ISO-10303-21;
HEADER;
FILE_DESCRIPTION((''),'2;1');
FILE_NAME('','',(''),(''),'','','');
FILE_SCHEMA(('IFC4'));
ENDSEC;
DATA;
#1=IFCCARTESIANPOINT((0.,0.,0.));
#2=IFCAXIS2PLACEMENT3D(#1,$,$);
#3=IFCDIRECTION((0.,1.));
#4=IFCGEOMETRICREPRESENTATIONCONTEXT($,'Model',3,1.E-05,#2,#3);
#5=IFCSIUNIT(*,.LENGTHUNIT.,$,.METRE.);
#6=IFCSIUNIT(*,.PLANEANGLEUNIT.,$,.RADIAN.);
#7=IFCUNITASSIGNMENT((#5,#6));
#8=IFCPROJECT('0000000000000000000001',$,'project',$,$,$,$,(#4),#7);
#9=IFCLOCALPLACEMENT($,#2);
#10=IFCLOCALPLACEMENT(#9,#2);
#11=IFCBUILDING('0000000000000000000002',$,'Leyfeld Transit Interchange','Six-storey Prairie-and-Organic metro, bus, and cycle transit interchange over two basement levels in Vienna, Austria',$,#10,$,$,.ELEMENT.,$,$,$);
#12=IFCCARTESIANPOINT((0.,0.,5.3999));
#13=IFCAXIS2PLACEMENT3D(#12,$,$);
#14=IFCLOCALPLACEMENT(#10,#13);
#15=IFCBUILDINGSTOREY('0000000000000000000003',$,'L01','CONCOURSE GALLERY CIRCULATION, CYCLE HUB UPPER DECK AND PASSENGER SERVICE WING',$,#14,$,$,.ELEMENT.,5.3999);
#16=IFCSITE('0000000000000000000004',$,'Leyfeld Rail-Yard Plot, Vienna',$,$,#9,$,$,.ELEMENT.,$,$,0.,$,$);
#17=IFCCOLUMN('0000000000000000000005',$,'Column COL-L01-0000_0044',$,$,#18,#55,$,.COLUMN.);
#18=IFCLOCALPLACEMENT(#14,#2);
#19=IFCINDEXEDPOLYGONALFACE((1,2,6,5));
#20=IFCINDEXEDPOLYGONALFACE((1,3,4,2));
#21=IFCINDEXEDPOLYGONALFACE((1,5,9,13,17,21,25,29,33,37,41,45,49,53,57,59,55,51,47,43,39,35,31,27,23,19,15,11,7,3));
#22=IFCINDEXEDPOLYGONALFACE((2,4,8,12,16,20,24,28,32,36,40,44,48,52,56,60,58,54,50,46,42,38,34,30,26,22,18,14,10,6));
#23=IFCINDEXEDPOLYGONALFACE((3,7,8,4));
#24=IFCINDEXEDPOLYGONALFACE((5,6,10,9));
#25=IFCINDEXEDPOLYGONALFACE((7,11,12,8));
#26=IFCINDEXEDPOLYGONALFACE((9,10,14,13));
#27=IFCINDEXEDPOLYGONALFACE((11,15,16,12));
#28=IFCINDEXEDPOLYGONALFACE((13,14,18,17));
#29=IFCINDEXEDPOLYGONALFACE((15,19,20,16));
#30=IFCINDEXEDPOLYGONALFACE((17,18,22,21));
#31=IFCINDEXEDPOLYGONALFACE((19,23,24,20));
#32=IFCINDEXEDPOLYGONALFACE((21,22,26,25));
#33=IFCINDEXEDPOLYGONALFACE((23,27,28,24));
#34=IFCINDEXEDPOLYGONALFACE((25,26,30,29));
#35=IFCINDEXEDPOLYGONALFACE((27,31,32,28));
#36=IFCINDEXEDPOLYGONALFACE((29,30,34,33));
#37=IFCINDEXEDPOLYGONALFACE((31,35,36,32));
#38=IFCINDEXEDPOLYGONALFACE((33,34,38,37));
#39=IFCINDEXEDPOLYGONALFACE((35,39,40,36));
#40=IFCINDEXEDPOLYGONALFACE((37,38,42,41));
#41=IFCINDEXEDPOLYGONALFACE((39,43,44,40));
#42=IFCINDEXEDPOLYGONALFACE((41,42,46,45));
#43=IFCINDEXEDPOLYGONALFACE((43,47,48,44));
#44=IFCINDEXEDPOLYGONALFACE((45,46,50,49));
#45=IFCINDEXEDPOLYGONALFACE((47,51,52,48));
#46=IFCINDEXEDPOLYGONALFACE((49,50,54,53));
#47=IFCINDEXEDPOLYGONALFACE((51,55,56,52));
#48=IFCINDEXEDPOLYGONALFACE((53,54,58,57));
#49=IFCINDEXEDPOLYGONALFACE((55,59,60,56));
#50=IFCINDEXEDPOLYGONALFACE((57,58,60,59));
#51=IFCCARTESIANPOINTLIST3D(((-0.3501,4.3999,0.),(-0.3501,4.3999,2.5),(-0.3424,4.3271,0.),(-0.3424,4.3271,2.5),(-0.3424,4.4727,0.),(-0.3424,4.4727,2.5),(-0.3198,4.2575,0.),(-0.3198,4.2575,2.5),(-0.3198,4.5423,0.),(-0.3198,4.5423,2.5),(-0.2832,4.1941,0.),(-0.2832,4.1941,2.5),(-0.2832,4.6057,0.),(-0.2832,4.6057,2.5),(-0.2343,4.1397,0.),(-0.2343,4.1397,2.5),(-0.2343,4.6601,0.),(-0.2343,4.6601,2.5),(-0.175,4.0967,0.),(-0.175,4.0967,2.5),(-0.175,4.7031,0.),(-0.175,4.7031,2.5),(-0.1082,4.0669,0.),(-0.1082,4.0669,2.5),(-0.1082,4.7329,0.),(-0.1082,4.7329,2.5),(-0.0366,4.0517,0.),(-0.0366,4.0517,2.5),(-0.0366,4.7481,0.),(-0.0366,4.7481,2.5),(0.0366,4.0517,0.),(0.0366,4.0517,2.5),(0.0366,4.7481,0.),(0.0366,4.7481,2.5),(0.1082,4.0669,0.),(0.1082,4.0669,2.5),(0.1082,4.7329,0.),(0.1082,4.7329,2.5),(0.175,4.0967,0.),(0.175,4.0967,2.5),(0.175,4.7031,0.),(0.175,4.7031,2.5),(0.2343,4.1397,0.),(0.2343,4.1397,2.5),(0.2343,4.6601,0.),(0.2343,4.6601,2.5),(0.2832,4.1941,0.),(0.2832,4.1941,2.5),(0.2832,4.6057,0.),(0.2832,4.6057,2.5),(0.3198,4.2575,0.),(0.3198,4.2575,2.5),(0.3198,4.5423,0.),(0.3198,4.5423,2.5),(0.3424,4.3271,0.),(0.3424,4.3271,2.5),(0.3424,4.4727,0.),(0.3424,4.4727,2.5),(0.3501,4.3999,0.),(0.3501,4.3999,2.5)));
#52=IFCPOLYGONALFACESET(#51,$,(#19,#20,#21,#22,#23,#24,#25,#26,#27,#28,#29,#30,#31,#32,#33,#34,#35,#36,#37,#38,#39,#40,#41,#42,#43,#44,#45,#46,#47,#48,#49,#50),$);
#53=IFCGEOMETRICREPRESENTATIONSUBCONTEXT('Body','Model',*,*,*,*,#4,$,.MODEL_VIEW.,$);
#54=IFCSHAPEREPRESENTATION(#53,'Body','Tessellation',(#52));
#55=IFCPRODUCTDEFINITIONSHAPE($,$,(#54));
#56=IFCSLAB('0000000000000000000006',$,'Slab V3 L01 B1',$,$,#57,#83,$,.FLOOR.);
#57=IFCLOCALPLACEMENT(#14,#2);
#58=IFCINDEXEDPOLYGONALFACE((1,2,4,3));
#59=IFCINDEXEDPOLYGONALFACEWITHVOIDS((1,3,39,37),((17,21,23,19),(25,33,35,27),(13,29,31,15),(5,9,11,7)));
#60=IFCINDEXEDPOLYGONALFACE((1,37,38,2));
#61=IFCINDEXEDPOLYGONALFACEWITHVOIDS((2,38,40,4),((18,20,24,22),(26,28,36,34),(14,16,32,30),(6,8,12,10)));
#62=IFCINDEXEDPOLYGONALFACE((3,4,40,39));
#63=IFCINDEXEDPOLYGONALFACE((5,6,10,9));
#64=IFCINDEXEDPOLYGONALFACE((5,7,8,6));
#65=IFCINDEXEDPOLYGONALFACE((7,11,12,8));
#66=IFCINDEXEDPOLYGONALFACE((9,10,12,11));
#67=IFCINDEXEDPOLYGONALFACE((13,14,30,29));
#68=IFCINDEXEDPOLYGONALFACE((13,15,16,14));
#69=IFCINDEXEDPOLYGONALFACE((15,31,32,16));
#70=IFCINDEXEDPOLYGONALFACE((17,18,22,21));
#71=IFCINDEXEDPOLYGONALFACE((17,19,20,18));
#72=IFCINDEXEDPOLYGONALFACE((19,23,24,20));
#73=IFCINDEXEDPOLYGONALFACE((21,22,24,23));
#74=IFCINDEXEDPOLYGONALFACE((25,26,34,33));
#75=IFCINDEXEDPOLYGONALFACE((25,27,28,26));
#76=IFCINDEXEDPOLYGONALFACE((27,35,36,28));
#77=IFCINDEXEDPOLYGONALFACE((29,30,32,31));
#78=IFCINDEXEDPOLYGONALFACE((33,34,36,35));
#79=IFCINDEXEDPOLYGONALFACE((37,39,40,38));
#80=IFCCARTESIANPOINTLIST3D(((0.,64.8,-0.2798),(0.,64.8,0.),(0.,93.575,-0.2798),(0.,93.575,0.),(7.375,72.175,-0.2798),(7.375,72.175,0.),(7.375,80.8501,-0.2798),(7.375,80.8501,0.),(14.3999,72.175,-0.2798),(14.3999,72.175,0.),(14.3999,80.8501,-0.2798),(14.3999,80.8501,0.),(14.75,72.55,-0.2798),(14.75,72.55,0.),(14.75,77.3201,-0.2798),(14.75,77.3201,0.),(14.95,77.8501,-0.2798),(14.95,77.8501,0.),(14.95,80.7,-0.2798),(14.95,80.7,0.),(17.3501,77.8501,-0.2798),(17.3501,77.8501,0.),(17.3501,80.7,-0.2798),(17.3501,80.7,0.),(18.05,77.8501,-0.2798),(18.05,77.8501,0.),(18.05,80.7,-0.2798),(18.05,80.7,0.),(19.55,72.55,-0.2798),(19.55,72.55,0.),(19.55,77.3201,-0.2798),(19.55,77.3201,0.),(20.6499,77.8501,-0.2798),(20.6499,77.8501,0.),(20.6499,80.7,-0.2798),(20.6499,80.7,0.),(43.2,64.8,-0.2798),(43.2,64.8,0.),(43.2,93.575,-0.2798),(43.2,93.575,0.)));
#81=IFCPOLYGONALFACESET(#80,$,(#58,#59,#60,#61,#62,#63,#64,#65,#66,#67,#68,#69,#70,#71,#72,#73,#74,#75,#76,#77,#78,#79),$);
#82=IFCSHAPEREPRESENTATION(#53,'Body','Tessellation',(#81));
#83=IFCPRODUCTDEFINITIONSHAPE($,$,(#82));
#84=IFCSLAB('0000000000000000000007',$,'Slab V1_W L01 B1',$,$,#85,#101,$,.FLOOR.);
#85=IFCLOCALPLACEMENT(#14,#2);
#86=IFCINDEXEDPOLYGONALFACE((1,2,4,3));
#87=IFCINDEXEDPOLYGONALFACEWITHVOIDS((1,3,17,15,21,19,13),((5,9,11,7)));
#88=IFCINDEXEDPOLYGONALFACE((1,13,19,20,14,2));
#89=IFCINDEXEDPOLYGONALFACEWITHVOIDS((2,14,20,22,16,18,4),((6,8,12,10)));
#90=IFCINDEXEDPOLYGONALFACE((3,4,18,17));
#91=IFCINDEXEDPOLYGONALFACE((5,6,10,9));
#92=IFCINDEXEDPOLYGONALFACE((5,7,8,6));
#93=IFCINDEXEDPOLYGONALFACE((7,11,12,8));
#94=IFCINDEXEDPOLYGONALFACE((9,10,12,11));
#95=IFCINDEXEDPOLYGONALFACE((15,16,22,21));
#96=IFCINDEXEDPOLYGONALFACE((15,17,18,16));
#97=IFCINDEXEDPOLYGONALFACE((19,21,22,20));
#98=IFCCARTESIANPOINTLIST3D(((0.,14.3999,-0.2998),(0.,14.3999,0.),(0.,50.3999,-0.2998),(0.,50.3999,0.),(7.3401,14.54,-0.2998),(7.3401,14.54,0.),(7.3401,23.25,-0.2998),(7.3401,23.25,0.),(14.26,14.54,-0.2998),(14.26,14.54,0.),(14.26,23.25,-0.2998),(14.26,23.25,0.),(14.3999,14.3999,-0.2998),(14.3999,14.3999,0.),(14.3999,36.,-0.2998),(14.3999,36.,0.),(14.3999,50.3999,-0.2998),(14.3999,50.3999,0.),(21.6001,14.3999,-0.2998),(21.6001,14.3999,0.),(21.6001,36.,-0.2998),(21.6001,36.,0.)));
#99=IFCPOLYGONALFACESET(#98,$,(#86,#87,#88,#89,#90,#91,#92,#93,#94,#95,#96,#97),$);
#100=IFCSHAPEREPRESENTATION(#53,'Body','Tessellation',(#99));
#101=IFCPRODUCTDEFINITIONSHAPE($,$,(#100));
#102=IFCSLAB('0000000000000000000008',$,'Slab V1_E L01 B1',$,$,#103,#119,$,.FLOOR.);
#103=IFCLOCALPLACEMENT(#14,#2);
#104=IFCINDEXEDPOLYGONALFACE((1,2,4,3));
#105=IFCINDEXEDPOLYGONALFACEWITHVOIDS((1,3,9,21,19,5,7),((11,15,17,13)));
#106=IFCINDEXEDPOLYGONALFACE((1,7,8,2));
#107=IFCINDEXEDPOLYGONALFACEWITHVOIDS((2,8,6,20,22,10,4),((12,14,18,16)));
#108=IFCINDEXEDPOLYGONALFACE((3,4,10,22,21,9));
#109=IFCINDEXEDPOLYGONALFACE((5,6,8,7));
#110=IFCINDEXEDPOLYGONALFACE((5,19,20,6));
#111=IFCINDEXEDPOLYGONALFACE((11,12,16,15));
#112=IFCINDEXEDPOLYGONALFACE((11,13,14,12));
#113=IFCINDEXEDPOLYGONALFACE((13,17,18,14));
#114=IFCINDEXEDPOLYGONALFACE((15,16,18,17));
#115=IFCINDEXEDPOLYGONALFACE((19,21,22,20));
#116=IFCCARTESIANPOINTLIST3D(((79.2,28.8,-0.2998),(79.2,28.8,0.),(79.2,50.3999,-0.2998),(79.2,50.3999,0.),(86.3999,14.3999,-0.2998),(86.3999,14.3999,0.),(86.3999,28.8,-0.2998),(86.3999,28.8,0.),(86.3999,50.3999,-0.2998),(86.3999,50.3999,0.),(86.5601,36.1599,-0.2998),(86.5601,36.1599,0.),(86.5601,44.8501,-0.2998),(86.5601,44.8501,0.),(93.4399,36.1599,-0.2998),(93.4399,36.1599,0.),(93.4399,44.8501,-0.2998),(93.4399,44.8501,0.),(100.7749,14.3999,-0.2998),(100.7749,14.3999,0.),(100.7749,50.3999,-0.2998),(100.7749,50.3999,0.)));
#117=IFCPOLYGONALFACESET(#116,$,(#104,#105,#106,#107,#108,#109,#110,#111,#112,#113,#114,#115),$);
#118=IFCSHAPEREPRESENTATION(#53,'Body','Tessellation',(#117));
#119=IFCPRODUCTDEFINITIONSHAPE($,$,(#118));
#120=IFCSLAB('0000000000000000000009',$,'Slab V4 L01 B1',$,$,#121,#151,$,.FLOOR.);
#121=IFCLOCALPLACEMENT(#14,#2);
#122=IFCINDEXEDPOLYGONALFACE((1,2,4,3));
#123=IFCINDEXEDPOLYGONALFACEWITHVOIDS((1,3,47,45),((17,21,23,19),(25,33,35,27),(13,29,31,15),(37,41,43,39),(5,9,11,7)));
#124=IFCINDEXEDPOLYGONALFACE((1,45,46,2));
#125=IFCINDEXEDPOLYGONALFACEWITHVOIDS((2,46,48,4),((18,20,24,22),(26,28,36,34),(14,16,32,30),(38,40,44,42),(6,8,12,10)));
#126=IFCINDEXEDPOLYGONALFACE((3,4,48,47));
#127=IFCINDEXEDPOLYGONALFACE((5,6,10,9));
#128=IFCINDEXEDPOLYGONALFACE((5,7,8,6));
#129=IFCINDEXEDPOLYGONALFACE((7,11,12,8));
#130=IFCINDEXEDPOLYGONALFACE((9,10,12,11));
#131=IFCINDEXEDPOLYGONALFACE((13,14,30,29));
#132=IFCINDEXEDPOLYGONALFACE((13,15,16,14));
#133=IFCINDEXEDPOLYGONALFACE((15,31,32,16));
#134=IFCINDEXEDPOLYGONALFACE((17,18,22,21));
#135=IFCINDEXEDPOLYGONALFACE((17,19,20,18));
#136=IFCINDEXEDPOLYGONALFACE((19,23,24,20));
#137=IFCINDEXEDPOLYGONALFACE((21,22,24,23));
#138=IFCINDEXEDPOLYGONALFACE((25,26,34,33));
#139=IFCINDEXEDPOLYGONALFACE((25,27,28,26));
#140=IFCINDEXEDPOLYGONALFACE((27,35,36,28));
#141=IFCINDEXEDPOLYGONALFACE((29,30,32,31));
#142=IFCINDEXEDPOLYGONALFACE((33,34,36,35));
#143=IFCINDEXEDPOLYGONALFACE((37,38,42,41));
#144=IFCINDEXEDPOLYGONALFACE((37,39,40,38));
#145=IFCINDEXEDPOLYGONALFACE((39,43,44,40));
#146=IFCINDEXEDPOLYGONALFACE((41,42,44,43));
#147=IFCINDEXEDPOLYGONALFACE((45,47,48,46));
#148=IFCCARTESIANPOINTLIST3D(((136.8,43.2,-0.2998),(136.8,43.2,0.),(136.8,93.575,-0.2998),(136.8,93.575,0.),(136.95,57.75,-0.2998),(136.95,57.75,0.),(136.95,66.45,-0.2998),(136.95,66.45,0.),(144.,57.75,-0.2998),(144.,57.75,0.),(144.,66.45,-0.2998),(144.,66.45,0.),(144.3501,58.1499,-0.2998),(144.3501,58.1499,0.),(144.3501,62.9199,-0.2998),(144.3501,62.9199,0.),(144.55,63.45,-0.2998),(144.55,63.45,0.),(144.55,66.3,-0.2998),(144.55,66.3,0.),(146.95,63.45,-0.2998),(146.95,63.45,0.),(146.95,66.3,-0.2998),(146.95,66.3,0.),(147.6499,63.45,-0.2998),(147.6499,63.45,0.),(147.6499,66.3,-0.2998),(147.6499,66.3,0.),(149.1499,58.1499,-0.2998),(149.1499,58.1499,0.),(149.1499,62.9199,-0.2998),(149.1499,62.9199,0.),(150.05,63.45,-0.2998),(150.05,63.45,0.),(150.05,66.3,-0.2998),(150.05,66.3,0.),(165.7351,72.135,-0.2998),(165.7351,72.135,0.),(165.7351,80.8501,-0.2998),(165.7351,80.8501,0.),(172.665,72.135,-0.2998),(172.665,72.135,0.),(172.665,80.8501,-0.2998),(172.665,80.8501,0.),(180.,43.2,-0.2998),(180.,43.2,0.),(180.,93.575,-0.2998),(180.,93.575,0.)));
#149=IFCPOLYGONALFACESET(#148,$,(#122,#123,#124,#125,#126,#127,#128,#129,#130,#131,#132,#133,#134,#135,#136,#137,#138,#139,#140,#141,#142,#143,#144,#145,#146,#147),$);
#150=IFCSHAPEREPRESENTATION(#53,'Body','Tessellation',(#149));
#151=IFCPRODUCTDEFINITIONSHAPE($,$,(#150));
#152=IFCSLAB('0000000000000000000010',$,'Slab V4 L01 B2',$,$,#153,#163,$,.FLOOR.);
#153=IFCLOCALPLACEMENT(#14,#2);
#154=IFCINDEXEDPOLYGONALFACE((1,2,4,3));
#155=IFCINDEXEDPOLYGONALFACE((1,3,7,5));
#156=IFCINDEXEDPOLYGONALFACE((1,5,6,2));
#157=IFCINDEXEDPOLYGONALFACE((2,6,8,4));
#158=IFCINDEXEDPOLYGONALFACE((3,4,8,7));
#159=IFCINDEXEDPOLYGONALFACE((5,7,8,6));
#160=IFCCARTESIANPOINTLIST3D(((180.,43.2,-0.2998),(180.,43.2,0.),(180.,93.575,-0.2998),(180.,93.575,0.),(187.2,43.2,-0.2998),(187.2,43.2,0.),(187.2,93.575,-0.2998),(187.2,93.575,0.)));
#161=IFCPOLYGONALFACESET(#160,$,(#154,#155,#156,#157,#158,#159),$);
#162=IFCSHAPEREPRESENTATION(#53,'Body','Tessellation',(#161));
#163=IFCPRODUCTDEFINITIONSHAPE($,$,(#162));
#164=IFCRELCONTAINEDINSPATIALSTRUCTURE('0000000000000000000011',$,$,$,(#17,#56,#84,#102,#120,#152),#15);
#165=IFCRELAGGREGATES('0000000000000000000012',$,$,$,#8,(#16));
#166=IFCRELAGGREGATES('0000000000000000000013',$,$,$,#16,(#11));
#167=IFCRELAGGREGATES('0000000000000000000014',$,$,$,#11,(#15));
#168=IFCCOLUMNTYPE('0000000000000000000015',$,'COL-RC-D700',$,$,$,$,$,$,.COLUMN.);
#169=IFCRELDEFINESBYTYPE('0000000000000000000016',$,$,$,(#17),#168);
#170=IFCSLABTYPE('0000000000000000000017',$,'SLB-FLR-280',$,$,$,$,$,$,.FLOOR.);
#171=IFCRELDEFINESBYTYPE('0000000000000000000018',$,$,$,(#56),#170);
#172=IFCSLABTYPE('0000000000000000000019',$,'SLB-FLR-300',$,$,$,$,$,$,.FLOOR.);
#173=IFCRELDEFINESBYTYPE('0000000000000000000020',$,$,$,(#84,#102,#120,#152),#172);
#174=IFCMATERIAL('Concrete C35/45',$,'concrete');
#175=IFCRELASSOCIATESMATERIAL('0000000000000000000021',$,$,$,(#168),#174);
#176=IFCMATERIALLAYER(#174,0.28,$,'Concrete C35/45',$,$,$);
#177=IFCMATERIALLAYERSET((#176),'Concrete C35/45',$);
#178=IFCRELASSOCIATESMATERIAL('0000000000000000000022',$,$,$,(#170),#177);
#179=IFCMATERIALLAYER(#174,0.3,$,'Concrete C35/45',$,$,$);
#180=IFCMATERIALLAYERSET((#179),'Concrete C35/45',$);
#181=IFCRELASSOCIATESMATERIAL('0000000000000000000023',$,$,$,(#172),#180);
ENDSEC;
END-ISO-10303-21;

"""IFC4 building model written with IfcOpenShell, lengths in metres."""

from ifc_helpers import new_model, si_unit, direction, frame, origin, origin_2d, place, context, subcontext, project, spatial, polyline, circle, outline, extrude, material, layer, layer_set, material_profile, profile_set, type_object, element, save


model = new_model("IFC4")

# Units and contexts
model_context = context("Model", 3, precision=1e-05, world=origin(), true_north=direction((0.0, 1.0)))
body_context = subcontext(model_context, "Body", "Model", "MODEL_VIEW")
ifc_project = project(units=[si_unit("LENGTHUNIT", "METRE"), si_unit("PLANEANGLEUNIT", "RADIAN")], contexts=[model_context])

# Site, building, storey
site_placement = place(None, origin())
site = spatial("IfcSite", under=ifc_project, at=site_placement, Name="Leyfeld Rail-Yard Plot, Vienna", CompositionType="ELEMENT", RefElevation=0.0)
building_placement = place(site_placement, origin())
building = spatial("IfcBuilding", under=site, at=building_placement, Name="Leyfeld Transit Interchange", Description="Six-storey Prairie-and-Organic metro, bus, and cycle transit interchange over two basement levels in Vienna, Austria", CompositionType="ELEMENT")
storey_placement = place(building_placement, frame((0.0, 0.0, 5.3999)))
storey = spatial("IfcBuildingStorey", under=building, at=storey_placement, Name="L01", Description="CONCOURSE GALLERY CIRCULATION, CYCLE HUB UPPER DECK AND PASSENGER SERVICE WING", CompositionType="ELEMENT", Elevation=5.3999)

# Column
ifc_material_1 = material(Name="Concrete C35/45", Category="concrete")
ifc_material_profile = material_profile(ifc_material_1, circle(Radius=0.3501, at=origin_2d()), Name="RC D700")
ifc_profile_set = profile_set([ifc_material_profile], Name="Concrete C35/45")
column_type = type_object("IfcColumnType", Name="COL-RC-D700", PredefinedType="COLUMN", material=ifc_profile_set)
column_placement = place(storey_placement, frame((0.0, 4.3999, 0.0), z_axis=(0.0, 0.0, 1.0), x_axis=(1.0, 0.0, 0.0)))
element("IfcColumn", 1, at=column_placement, inside=storey, type_object=column_type, Name="Column COL-L01-0000_0044", PredefinedType="COLUMN", context=body_context, shape_type="SweptSolid", body=[
    extrude(circle(Radius=0.3501, at=origin_2d()), origin(), (0.0, 0.0, 1.0), 2.5),
])

# Slabs
ifc_layer_1 = layer(ifc_material_1, 0.28, Name="Concrete C35/45")
ifc_layer_set_1 = layer_set([ifc_layer_1], Name="Concrete C35/45")
slab_type_1 = type_object("IfcSlabType", Name="SLB-FLR-280", PredefinedType="FLOOR", material=ifc_layer_set_1)
slab_1_placement = place(storey_placement, frame((0.0, 0.0, -0.2798)))
element("IfcSlab", 2, at=slab_1_placement, inside=storey, type_object=slab_type_1, Name="Slab V3 L01 B1", PredefinedType="FLOOR", context=body_context, shape_type="SweptSolid", body=[
    extrude(outline(polyline([(43.2, 93.575), (0.0, 93.575), (0.0, 64.8), (43.2, 64.8), (43.2, 93.575)]), holes=[polyline([(7.375, 72.175), (7.375, 80.8501), (14.3999, 80.8501), (14.3999, 72.175), (7.375, 72.175)]), polyline([(14.75, 77.3201), (19.55, 77.3201), (19.55, 72.55), (14.75, 72.55), (14.75, 77.3201)]), polyline([(17.3501, 80.7), (17.3501, 77.8501), (14.95, 77.8501), (14.95, 80.7), (17.3501, 80.7)]), polyline([(20.6499, 77.8501), (18.05, 77.8501), (18.05, 80.7), (20.6499, 80.7), (20.6499, 77.8501)])]), origin(), (0.0, 0.0, 1.0), 0.2798),
])
ifc_layer_2 = layer(ifc_material_1, 0.3, Name="Concrete C35/45")
ifc_layer_set_2 = layer_set([ifc_layer_2], Name="Concrete C35/45")
slab_type_2 = type_object("IfcSlabType", Name="SLB-FLR-300", PredefinedType="FLOOR", material=ifc_layer_set_2)
slab_2_placement = place(storey_placement, frame((0.0, 0.0, -0.2998)))
element("IfcSlab", 3, at=slab_2_placement, inside=storey, type_object=slab_type_2, Name="Slab V1_W L01 B1", PredefinedType="FLOOR", context=body_context, shape_type="SweptSolid", body=[
    extrude(outline(polyline([(21.6001, 14.3999), (21.6001, 36.0), (14.3999, 36.0), (14.3999, 50.3999), (0.0, 50.3999), (0.0, 14.3999), (14.3999, 14.3999), (21.6001, 14.3999)]), holes=[polyline([(14.26, 14.54), (7.3401, 14.54), (7.3401, 23.25), (14.26, 23.25), (14.26, 14.54)])]), origin(), (0.0, 0.0, 1.0), 0.2998),
])
slab_3_placement = place(storey_placement, frame((0.0, 0.0, -0.2998)))
element("IfcSlab", 4, at=slab_3_placement, inside=storey, type_object=slab_type_2, Name="Slab V1_E L01 B1", PredefinedType="FLOOR", context=body_context, shape_type="SweptSolid", body=[
    extrude(outline(polyline([(100.7749, 14.3999), (100.7749, 50.3999), (86.3999, 50.3999), (79.2, 50.3999), (79.2, 28.8), (86.3999, 28.8), (86.3999, 14.3999), (100.7749, 14.3999)]), holes=[polyline([(93.4399, 36.1599), (86.5601, 36.1599), (86.5601, 44.8501), (93.4399, 44.8501), (93.4399, 36.1599)])]), origin(), (0.0, 0.0, 1.0), 0.2998),
])
slab_4_placement = place(storey_placement, frame((0.0, 0.0, -0.2998)))
element("IfcSlab", 5, at=slab_4_placement, inside=storey, type_object=slab_type_2, Name="Slab V4 L01 B1", PredefinedType="FLOOR", context=body_context, shape_type="SweptSolid", body=[
    extrude(outline(polyline([(180.0, 93.575), (136.8, 93.575), (136.8, 43.2), (180.0, 43.2), (180.0, 93.575)]), holes=[polyline([(144.0, 57.75), (136.95, 57.75), (136.95, 66.45), (144.0, 66.45), (144.0, 57.75)]), polyline([(144.3501, 58.1499), (144.3501, 62.9199), (149.1499, 62.9199), (149.1499, 58.1499), (144.3501, 58.1499)]), polyline([(144.55, 66.3), (146.95, 66.3), (146.95, 63.45), (144.55, 63.45), (144.55, 66.3)]), polyline([(150.05, 66.3), (150.05, 63.45), (147.6499, 63.45), (147.6499, 66.3), (150.05, 66.3)]), polyline([(172.665, 72.135), (165.7351, 72.135), (165.7351, 80.8501), (172.665, 80.8501), (172.665, 72.135)])]), origin(), (0.0, 0.0, 1.0), 0.2998),
])
slab_5_placement = place(storey_placement, frame((0.0, 0.0, -0.2998)))
element("IfcSlab", 6, at=slab_5_placement, inside=storey, type_object=slab_type_2, Name="Slab V4 L01 B2", PredefinedType="FLOOR", context=body_context, shape_type="SweptSolid", body=[
    extrude(outline(polyline([(187.2, 93.575), (180.0, 93.575), (180.0, 43.2), (187.2, 43.2), (187.2, 93.575)])), origin(), (0.0, 0.0, 1.0), 0.2998),
])

save(model, "model.ifc")
